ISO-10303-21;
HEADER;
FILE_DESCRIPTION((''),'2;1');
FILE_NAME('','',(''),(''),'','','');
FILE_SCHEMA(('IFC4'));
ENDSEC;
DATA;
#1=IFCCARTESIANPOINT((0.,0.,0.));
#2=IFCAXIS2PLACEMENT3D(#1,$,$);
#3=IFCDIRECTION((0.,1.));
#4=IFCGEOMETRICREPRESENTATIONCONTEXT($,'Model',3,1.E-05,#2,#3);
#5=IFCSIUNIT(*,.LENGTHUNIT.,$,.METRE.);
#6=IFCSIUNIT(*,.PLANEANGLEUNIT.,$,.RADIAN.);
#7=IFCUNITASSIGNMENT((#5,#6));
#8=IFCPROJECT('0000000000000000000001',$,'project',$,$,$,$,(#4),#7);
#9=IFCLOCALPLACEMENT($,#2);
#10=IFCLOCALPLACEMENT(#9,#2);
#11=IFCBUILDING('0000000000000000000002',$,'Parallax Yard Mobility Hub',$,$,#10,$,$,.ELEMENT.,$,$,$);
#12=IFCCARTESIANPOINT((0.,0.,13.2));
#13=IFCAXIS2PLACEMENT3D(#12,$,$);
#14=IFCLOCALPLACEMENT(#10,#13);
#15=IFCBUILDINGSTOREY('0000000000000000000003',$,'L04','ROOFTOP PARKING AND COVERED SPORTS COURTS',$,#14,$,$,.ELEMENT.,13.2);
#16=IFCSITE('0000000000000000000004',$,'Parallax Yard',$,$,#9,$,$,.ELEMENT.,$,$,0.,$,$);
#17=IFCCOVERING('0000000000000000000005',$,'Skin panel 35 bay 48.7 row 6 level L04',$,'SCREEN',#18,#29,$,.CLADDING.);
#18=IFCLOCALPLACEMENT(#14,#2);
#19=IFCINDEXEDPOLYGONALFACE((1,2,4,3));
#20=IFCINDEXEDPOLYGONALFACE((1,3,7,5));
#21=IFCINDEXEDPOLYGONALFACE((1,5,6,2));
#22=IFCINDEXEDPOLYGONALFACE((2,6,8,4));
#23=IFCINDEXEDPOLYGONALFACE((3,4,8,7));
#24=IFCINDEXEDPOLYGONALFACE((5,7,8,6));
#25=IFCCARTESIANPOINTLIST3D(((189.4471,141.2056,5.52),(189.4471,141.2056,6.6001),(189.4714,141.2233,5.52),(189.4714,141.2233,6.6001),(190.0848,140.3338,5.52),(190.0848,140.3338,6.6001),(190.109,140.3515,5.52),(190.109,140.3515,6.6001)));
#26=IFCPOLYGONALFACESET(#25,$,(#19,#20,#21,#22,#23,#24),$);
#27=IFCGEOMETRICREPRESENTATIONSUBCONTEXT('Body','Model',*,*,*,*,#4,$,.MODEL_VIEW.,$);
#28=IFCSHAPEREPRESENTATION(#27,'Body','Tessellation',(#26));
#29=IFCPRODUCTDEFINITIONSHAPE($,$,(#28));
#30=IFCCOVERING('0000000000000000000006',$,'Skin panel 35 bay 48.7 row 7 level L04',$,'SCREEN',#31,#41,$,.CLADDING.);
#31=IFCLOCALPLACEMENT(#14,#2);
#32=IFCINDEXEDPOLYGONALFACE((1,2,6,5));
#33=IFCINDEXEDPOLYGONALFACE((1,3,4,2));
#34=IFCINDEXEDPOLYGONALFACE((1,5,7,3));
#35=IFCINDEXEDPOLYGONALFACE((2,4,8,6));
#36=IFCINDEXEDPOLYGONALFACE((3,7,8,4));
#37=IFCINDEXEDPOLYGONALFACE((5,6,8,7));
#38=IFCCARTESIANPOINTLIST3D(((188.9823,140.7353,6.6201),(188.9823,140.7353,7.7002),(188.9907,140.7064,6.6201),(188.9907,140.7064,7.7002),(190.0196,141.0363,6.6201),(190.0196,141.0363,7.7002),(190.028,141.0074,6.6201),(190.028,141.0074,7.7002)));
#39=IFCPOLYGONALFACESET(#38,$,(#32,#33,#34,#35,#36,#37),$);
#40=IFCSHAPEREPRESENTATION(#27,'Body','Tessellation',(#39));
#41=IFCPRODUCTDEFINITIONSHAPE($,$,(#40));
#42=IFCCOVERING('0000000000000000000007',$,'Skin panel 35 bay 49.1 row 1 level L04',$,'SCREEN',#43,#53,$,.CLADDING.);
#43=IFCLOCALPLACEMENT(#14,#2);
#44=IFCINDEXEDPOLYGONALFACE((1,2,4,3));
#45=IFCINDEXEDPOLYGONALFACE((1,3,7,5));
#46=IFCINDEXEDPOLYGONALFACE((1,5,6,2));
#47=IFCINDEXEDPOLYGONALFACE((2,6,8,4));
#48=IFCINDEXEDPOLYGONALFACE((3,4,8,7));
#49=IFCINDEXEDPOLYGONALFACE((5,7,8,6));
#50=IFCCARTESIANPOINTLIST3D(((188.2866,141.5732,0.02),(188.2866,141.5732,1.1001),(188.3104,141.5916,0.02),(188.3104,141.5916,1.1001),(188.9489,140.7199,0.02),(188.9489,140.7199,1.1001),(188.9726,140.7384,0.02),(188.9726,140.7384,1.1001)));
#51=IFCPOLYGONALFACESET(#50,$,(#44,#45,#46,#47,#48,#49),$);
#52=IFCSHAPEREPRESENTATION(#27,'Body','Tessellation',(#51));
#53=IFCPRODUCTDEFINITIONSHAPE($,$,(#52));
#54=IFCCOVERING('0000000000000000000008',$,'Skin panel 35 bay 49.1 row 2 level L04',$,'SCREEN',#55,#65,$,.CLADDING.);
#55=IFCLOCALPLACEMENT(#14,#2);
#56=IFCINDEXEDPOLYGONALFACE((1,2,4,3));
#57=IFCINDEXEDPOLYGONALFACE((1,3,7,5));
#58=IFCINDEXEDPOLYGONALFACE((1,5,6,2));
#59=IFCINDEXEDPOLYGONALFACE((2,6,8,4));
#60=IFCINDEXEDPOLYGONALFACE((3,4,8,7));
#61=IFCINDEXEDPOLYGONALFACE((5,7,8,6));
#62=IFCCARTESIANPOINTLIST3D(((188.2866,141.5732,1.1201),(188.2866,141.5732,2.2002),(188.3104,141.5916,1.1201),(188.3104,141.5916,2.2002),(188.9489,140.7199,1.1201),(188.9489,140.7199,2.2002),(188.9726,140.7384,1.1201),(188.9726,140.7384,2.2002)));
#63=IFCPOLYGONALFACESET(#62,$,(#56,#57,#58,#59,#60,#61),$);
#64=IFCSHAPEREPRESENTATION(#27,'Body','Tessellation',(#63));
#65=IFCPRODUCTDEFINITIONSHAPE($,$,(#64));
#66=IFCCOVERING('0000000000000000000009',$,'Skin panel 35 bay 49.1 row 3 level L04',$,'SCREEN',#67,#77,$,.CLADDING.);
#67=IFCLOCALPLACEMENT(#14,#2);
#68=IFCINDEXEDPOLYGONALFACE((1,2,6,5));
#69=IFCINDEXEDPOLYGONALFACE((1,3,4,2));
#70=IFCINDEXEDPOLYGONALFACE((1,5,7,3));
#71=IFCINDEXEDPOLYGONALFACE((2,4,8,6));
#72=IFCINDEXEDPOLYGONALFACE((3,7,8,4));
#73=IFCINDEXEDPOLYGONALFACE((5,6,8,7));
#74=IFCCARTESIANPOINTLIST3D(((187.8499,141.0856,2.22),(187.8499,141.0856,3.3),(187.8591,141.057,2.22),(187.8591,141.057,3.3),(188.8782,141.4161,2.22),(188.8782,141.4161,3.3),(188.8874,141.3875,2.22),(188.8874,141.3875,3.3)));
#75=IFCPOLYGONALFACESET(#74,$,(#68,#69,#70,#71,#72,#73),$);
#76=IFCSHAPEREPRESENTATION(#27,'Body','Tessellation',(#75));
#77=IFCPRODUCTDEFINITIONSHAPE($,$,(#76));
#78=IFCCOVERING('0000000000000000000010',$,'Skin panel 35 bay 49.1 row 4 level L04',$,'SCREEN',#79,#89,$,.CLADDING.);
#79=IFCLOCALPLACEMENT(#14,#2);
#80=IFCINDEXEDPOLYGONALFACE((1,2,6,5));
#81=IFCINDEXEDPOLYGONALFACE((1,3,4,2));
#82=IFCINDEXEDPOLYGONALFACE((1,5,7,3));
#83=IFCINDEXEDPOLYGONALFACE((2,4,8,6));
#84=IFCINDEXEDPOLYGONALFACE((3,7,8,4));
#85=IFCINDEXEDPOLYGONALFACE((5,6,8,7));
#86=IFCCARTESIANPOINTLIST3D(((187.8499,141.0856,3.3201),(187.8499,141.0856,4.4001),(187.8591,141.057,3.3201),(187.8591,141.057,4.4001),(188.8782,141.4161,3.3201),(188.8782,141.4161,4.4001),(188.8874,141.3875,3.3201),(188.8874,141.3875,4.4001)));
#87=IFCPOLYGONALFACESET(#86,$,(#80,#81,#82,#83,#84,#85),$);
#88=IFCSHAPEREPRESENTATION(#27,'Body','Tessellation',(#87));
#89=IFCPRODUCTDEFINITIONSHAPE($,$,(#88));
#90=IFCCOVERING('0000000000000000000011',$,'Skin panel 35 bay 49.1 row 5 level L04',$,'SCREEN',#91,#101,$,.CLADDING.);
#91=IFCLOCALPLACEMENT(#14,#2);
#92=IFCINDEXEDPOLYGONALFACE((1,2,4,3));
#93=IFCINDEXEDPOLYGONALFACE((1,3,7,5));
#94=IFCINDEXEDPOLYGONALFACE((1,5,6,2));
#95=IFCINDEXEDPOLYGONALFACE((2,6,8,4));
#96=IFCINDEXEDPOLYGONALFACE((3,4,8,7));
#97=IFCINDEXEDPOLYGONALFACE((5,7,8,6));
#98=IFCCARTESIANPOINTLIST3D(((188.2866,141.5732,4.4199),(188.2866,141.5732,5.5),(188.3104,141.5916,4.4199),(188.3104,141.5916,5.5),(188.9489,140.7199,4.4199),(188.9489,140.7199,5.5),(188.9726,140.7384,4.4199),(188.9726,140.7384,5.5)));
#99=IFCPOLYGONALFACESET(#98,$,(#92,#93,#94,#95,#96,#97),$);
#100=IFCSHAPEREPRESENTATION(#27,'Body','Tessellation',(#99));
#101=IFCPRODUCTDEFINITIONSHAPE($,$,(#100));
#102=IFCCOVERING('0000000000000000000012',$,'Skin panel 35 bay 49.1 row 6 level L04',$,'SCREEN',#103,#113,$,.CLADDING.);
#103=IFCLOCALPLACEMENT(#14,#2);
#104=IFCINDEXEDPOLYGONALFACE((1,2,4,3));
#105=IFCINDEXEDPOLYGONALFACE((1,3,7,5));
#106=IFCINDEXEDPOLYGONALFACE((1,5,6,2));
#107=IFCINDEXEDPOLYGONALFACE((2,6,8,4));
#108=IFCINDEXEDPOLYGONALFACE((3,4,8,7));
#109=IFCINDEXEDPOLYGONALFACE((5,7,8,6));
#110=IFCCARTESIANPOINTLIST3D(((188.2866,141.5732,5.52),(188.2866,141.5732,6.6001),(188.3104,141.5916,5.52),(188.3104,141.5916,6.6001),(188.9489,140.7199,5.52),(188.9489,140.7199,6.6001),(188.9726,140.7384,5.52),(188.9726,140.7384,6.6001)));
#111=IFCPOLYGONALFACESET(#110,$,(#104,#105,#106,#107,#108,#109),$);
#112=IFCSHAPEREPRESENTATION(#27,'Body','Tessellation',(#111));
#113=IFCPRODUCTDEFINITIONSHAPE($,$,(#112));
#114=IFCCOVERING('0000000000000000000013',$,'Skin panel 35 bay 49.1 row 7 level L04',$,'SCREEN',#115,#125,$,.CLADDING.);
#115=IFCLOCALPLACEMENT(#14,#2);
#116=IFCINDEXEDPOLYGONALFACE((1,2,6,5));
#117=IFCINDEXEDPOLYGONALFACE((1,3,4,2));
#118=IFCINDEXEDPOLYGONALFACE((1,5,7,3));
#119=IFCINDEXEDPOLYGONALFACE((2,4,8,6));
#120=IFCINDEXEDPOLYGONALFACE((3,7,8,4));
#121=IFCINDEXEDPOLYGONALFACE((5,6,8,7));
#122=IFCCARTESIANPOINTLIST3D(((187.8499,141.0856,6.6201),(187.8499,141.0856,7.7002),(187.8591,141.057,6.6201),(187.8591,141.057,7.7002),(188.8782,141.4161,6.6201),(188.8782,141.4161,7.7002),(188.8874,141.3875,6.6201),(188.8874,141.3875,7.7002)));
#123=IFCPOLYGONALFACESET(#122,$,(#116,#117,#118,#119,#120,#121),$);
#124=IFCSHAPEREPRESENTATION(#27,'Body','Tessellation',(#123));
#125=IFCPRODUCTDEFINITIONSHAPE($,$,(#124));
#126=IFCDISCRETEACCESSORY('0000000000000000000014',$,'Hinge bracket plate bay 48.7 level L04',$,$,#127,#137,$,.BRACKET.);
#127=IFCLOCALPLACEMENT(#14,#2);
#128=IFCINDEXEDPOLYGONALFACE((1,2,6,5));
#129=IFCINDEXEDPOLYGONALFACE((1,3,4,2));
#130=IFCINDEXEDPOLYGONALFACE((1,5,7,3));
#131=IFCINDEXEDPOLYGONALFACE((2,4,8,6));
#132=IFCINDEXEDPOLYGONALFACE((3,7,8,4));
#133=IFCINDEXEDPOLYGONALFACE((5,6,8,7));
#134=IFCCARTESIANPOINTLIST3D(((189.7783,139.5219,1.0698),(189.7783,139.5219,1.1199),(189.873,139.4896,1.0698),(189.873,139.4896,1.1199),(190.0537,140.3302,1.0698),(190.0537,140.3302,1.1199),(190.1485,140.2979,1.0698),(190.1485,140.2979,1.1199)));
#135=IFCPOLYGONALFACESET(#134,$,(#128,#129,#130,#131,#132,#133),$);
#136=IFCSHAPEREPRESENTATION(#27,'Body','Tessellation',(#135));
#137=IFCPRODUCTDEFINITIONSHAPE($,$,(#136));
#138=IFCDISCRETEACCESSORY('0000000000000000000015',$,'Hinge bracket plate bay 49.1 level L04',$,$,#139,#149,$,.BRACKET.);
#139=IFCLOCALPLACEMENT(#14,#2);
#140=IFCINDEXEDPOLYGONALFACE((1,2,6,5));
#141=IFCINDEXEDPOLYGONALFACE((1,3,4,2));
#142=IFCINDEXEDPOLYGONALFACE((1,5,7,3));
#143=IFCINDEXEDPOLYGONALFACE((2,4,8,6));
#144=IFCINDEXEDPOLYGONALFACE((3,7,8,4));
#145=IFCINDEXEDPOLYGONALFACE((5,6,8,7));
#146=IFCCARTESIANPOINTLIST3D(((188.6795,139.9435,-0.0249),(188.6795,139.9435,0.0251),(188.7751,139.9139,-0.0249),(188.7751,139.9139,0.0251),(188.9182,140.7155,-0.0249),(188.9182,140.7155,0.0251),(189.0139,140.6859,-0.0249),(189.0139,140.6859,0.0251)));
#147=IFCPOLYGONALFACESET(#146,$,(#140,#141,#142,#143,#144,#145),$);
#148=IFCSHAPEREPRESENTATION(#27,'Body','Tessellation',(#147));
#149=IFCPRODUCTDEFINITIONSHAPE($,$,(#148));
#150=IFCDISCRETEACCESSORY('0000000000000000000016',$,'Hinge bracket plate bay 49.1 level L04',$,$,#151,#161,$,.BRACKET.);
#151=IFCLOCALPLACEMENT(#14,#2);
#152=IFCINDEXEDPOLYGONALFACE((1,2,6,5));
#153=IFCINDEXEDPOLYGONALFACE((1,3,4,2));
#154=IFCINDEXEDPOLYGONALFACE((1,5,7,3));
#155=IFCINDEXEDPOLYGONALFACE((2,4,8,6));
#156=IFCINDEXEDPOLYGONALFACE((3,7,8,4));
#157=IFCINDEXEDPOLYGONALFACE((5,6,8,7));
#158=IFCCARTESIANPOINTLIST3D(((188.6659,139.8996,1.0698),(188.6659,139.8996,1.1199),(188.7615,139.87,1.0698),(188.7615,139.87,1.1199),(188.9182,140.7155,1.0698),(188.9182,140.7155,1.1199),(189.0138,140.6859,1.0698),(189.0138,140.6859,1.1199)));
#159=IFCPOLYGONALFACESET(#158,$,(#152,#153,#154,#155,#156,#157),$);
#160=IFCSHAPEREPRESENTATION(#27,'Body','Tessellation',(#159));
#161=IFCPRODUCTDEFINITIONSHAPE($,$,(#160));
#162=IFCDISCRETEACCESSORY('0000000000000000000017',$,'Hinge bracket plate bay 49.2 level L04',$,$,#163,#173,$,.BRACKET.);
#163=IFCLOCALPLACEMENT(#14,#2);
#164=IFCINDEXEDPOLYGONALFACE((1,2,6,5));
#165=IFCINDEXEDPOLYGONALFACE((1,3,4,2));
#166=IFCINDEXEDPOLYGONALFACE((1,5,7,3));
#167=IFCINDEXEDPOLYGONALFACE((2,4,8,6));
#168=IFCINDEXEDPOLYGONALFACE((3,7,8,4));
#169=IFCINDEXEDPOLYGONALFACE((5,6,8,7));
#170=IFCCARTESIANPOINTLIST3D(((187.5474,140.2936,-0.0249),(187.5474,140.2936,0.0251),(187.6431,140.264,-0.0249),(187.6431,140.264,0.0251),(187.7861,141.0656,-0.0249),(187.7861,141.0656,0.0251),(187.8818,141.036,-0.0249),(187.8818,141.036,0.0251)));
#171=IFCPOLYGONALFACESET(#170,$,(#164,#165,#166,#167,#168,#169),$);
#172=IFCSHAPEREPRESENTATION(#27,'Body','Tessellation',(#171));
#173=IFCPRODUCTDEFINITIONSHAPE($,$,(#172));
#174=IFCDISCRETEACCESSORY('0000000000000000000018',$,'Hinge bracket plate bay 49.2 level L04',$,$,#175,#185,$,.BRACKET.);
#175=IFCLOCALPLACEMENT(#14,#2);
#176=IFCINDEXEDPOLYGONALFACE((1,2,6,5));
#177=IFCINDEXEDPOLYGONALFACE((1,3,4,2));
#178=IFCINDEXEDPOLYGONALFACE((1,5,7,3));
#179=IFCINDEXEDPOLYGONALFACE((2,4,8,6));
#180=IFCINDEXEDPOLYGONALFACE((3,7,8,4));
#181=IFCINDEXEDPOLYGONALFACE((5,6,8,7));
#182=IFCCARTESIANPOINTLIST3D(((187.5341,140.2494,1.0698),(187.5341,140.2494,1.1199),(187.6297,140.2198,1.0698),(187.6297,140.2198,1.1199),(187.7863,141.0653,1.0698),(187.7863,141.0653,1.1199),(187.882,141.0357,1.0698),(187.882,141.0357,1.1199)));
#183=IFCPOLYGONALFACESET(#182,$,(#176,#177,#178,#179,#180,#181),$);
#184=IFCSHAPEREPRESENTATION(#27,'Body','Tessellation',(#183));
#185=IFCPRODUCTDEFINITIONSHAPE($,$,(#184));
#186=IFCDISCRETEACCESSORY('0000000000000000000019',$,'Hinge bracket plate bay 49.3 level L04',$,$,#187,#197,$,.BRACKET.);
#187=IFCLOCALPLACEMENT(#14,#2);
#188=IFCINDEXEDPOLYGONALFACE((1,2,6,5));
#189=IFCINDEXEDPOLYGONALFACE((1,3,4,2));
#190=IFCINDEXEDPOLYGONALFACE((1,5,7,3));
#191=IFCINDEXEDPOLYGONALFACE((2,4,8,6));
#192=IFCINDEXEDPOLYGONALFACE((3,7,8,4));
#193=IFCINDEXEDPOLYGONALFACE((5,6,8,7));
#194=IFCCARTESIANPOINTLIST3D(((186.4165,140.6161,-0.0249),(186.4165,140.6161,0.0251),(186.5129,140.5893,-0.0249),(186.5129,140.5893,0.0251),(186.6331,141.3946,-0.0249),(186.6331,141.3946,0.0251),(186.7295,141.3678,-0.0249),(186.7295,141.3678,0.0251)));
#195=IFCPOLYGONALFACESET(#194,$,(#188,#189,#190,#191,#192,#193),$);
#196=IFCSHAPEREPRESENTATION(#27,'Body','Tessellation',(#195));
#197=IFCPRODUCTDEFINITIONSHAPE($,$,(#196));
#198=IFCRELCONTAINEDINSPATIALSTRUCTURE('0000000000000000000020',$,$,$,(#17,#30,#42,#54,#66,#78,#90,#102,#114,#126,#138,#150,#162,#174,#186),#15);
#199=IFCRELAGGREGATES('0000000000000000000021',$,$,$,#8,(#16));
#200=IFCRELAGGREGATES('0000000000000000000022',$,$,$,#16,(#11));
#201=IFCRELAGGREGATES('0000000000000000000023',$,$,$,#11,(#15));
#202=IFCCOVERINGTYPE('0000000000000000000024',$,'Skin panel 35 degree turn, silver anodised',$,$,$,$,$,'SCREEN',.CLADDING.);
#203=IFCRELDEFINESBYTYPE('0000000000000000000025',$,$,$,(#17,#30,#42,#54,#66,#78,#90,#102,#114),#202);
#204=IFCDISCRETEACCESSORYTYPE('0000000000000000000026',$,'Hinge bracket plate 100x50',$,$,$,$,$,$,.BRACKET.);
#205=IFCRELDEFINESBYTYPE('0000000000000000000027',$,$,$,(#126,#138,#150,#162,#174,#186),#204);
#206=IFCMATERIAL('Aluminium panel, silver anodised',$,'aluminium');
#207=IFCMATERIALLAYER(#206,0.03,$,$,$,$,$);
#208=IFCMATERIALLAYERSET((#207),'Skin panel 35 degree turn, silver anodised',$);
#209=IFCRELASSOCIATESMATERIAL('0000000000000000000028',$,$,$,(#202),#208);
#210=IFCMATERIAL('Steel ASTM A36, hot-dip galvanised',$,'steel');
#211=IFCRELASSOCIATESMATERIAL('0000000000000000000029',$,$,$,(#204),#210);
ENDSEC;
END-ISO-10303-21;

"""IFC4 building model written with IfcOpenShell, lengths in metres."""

from ifc_helpers import new_model, si_unit, direction, frame, origin, origin_2d, place, context, subcontext, project, spatial, rectangle, extrude, material, layer, layer_set, type_object, element, save


model = new_model("IFC4")

# Units and contexts
model_context = context("Model", 3, precision=1e-05, world=origin(), true_north=direction((0.0, 1.0)))
body_context = subcontext(model_context, "Body", "Model", "MODEL_VIEW")
ifc_project = project(units=[si_unit("LENGTHUNIT", "METRE"), si_unit("PLANEANGLEUNIT", "RADIAN")], contexts=[model_context])

# Site, building, storey
site_placement = place(None, origin())
site = spatial("IfcSite", under=ifc_project, at=site_placement, Name="Parallax Yard", CompositionType="ELEMENT", RefElevation=0.0)
building_placement = place(site_placement, origin())
building = spatial("IfcBuilding", under=site, at=building_placement, Name="Parallax Yard Mobility Hub", CompositionType="ELEMENT")
storey_placement = place(building_placement, frame((0.0, 0.0, 13.2)))
storey = spatial("IfcBuildingStorey", under=building, at=storey_placement, Name="L04", Description="ROOFTOP PARKING AND COVERED SPORTS COURTS", CompositionType="ELEMENT", Elevation=13.2)

# Coverings
ifc_material_1 = material(Name="Aluminium panel, silver anodised", Category="aluminium")
ifc_layer_1 = layer(ifc_material_1, 0.03)
ifc_layer_set_1 = layer_set([ifc_layer_1], Name="Skin panel 35 degree turn, silver anodised")
covering_type_1 = type_object("IfcCoveringType", Name="Skin panel 35 degree turn, silver anodised", ElementType="SCREEN", PredefinedType="CLADDING", material=ifc_layer_set_1)
for number, where, z_axis, x_axis, name in (
    (1, (189.7781, 140.7786, 5.52), (0.0, 0.0, 1.0), (-0.590349, 0.807148, 0.0), "Skin panel 35 bay 48.7 row 6 level L04"),
    (2, (189.5051, 140.8713, 6.6201), (0.0, 0.0, 1.0), (0.960382, 0.278686, 0.0), "Skin panel 35 bay 48.7 row 7 level L04"),
    (3, (188.6296, 141.1558, 0.02), (0.0, 0.0, 1.0), (-0.613158, 0.78996, 0.0), "Skin panel 35 bay 49.1 row 1 level L04"),
    (4, (188.6296, 141.1558, 1.1201), (0.0, 0.0, 1.0), (-0.613158, 0.78996, 0.0), "Skin panel 35 bay 49.1 row 2 level L04"),
    (5, (188.3687, 141.2366, 2.22), (0.0, 0.0, 1.0), (0.952032, 0.305998, 0.0), "Skin panel 35 bay 49.1 row 3 level L04"),
    (6, (188.3687, 141.2366, 3.3201), (0.0, 0.0, 1.0), (0.952032, 0.305998, 0.0), "Skin panel 35 bay 49.1 row 4 level L04"),
    (7, (188.6296, 141.1558, 4.4199), (0.0, 0.0, 1.0), (-0.613158, 0.78996, 0.0), "Skin panel 35 bay 49.1 row 5 level L04"),
    (8, (188.6296, 141.1558, 5.52), (0.0, 0.0, 1.0), (-0.613158, 0.78996, 0.0), "Skin panel 35 bay 49.1 row 6 level L04"),
    (9, (188.3687, 141.2366, 6.6201), (0.0, 0.0, 1.0), (0.952032, 0.305998, 0.0), "Skin panel 35 bay 49.1 row 7 level L04"),
):
    element("IfcCovering", number, at=place(storey_placement, frame(where, z_axis=z_axis, x_axis=x_axis)), inside=storey, type_object=covering_type_1, Name=name, ObjectType="SCREEN", PredefinedType="CLADDING", context=body_context, shape_type="SweptSolid", body=[
        extrude(rectangle(XDim=1.0801, YDim=0.03, at=origin_2d()), origin(), (0.0, 0.0, 1.0), 1.0801),
    ])

# Discrete accessories
ifc_material_2 = material(Name="Steel ASTM A36, hot-dip galvanised", Category="steel")
discrete_accessory_type_1 = type_object("IfcDiscreteAccessoryType", Name="Hinge bracket plate 100x50", PredefinedType="BRACKET", material=ifc_material_2)
discrete_accessory_1_placement = place(storey_placement, frame((189.9634, 139.9099, 1.0698), z_axis=(0.0, 0.0, 1.0), x_axis=(0.322566, 0.946547, 0.0)))
element("IfcDiscreteAccessory", 10, at=discrete_accessory_1_placement, inside=storey, type_object=discrete_accessory_type_1, Name="Hinge bracket plate bay 48.7 level L04", PredefinedType="BRACKET", context=body_context, shape_type="SweptSolid", body=[
    extrude(rectangle(XDim=0.854, YDim=0.1001, at=origin_2d()), origin(), (0.0, 0.0, 1.0), 0.05),
])
discrete_accessory_2_placement = place(storey_placement, frame((188.8467, 140.3147, -0.0249), z_axis=(0.0, 0.0, 1.0), x_axis=(0.295405, 0.955372, 0.0)))
element("IfcDiscreteAccessory", 11, at=discrete_accessory_2_placement, inside=storey, type_object=discrete_accessory_type_1, Name="Hinge bracket plate bay 49.1 level L04", PredefinedType="BRACKET", context=body_context, shape_type="SweptSolid", body=[
    extrude(rectangle(XDim=0.8081, YDim=0.1001, at=origin_2d()), origin(), (0.0, 0.0, 1.0), 0.05),
])
discrete_accessory_3_placement = place(storey_placement, frame((188.8398, 140.2927, 1.0698), z_axis=(0.0, 0.0, 1.0), x_axis=(0.295405, 0.955372, 0.0)))
element("IfcDiscreteAccessory", 12, at=discrete_accessory_3_placement, inside=storey, type_object=discrete_accessory_type_1, Name="Hinge bracket plate bay 49.1 level L04", PredefinedType="BRACKET", context=body_context, shape_type="SweptSolid", body=[
    extrude(rectangle(XDim=0.854, YDim=0.1001, at=origin_2d()), origin(), (0.0, 0.0, 1.0), 0.05),
])
discrete_accessory_4_placement = place(storey_placement, frame((187.7146, 140.6648, -0.0249), z_axis=(0.0, 0.0, 1.0), x_axis=(0.295405, 0.955372, 0.0)))
element("IfcDiscreteAccessory", 13, at=discrete_accessory_4_placement, inside=storey, type_object=discrete_accessory_type_1, Name="Hinge bracket plate bay 49.2 level L04", PredefinedType="BRACKET", context=body_context, shape_type="SweptSolid", body=[
    extrude(rectangle(XDim=0.8081, YDim=0.1001, at=origin_2d()), origin(), (0.0, 0.0, 1.0), 0.05),
])
discrete_accessory_5_placement = place(storey_placement, frame((187.708, 140.6426, 1.0698), z_axis=(0.0, 0.0, 1.0), x_axis=(0.295405, 0.955372, 0.0)))
element("IfcDiscreteAccessory", 14, at=discrete_accessory_5_placement, inside=storey, type_object=discrete_accessory_type_1, Name="Hinge bracket plate bay 49.2 level L04", PredefinedType="BRACKET", context=body_context, shape_type="SweptSolid", body=[
    extrude(rectangle(XDim=0.854, YDim=0.1001, at=origin_2d()), origin(), (0.0, 0.0, 1.0), 0.05),
])
discrete_accessory_6_placement = place(storey_placement, frame((186.573, 140.9919, -0.0249), z_axis=(0.0, 0.0, 1.0), x_axis=(0.268004, 0.963418, 0.0)))
element("IfcDiscreteAccessory", 15, at=discrete_accessory_6_placement, inside=storey, type_object=discrete_accessory_type_1, Name="Hinge bracket plate bay 49.3 level L04", PredefinedType="BRACKET", context=body_context, shape_type="SweptSolid", body=[
    extrude(rectangle(XDim=0.8081, YDim=0.1001, at=origin_2d()), origin(), (0.0, 0.0, 1.0), 0.05),
])

save(model, "model.ifc")
